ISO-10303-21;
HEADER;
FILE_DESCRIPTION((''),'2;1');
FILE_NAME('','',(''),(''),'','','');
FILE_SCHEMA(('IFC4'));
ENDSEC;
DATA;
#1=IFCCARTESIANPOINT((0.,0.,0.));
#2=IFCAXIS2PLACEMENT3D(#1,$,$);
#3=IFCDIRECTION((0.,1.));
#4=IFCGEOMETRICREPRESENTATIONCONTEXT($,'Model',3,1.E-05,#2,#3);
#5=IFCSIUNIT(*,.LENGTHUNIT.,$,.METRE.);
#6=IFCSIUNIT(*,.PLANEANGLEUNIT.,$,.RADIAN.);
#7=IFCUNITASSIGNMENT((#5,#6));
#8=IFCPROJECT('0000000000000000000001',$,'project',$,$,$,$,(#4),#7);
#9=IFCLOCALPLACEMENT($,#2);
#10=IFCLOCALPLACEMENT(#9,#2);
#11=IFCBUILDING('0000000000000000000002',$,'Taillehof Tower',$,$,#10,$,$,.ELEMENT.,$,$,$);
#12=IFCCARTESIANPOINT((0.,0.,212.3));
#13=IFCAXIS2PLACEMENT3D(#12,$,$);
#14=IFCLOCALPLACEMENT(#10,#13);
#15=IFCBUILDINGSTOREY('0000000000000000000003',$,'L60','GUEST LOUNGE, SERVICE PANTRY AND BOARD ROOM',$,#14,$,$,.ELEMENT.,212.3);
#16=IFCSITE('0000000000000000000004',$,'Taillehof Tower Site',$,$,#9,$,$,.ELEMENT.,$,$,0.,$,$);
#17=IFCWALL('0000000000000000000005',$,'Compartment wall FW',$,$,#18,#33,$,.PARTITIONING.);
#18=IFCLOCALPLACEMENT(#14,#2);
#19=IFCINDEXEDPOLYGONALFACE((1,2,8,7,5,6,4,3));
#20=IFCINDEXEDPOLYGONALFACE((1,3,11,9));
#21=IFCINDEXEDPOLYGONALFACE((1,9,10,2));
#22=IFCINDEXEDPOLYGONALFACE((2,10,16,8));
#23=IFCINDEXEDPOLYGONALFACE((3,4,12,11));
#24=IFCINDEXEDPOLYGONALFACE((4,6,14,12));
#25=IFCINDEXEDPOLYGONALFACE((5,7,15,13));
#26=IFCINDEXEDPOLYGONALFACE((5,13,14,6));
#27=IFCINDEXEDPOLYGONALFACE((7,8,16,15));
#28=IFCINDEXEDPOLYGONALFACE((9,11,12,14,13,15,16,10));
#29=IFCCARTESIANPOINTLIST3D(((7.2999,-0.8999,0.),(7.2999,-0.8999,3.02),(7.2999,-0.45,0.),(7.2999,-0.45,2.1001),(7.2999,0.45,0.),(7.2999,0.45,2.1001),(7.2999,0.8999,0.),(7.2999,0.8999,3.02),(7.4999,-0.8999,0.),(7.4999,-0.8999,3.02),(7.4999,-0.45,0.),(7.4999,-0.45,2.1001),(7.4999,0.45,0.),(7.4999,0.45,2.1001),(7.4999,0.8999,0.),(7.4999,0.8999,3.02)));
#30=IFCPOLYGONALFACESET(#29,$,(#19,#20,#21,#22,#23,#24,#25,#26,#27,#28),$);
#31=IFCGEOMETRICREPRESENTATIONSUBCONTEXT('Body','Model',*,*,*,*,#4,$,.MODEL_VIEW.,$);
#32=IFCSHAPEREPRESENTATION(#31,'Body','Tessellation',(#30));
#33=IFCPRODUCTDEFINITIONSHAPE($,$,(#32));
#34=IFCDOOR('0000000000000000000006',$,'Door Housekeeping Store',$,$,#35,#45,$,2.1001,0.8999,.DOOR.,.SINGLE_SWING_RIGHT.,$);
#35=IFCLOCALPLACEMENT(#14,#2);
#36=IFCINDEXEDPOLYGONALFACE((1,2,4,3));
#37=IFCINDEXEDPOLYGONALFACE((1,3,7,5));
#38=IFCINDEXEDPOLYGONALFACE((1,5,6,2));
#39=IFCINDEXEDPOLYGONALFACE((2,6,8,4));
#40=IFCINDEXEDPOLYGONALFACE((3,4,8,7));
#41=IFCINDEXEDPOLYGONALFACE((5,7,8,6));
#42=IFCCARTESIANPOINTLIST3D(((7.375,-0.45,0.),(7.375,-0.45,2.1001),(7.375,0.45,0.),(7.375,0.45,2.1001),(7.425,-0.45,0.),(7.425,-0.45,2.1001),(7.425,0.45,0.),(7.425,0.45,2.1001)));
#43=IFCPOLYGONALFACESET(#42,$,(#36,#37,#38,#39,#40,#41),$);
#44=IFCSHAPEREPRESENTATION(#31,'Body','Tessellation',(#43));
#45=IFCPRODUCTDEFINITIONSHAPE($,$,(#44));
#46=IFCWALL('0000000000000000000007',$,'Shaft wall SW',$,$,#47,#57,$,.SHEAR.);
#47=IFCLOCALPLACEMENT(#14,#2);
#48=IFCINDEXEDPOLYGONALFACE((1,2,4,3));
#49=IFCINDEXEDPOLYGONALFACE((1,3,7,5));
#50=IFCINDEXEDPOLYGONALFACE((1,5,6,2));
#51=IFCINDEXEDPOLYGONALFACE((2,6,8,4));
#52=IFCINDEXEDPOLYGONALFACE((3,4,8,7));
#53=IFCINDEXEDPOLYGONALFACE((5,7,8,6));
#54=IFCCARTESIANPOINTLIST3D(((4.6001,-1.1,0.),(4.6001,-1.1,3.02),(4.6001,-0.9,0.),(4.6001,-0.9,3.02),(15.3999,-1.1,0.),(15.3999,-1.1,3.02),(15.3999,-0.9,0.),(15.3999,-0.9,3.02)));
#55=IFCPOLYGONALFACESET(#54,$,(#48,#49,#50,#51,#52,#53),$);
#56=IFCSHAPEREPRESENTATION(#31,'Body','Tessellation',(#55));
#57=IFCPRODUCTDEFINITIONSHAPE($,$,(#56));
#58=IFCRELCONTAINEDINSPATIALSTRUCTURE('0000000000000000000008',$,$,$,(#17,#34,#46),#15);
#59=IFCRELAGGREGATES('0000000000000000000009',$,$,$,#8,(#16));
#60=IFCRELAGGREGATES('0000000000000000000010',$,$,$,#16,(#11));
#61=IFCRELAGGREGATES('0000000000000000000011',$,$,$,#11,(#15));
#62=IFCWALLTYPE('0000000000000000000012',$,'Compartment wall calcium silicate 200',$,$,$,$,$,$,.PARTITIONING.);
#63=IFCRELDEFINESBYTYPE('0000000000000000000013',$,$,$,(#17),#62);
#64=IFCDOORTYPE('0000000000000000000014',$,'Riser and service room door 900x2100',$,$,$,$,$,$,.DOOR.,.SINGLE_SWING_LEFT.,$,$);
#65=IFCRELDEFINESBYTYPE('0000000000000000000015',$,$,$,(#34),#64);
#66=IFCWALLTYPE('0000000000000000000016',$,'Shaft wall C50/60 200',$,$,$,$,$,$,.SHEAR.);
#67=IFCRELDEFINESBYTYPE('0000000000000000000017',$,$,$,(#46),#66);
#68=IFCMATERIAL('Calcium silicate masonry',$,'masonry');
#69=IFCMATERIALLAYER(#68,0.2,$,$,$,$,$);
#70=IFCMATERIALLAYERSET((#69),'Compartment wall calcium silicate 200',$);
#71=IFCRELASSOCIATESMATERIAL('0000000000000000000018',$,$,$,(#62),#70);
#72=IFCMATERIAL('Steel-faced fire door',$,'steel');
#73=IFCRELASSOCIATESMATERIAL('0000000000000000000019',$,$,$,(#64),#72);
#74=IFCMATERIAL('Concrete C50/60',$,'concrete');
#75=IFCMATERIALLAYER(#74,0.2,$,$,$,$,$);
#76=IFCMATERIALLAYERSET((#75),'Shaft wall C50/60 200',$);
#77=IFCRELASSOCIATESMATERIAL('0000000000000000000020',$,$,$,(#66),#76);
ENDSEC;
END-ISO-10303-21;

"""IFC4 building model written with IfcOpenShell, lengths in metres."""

from ifc_helpers import new_model, si_unit, direction, frame, frame_2d, origin, place, context, subcontext, project, spatial, rectangle, extrude, material, layer, layer_set, type_object, element, fill, save


model = new_model("IFC4")

# Units and contexts
model_context = context("Model", 3, precision=1e-05, world=origin(), true_north=direction((0.0, 1.0)))
body_context = subcontext(model_context, "Body", "Model", "MODEL_VIEW")
ifc_project = project(units=[si_unit("LENGTHUNIT", "METRE"), si_unit("PLANEANGLEUNIT", "RADIAN")], contexts=[model_context])

# Site, building, storey
site_placement = place(None, origin())
site = spatial("IfcSite", under=ifc_project, at=site_placement, Name="Taillehof Tower Site", CompositionType="ELEMENT", RefElevation=0.0)
building_placement = place(site_placement, origin())
building = spatial("IfcBuilding", under=site, at=building_placement, Name="Taillehof Tower", CompositionType="ELEMENT")
storey_placement = place(building_placement, frame((0.0, 0.0, 212.3)))
storey = spatial("IfcBuildingStorey", under=building, at=storey_placement, Name="L60", Description="GUEST LOUNGE, SERVICE PANTRY AND BOARD ROOM", CompositionType="ELEMENT", Elevation=212.3)

# Wall, opening, door
ifc_material_1 = material(Name="Calcium silicate masonry", Category="masonry")
ifc_layer_1 = layer(ifc_material_1, 0.2)
ifc_layer_set_1 = layer_set([ifc_layer_1], Name="Compartment wall calcium silicate 200")
wall_type_1 = type_object("IfcWallType", Name="Compartment wall calcium silicate 200", PredefinedType="PARTITIONING", material=ifc_layer_set_1)
wall_1_placement = place(storey_placement, frame((7.3999, -0.8999, 0.0), z_axis=(0.0, 0.0, 1.0), x_axis=(0.0, 1.0, 0.0)))
wall_1 = element("IfcWall", 1, at=wall_1_placement, inside=storey, type_object=wall_type_1, Name="Compartment wall FW", PredefinedType="PARTITIONING", context=body_context, shape_type="SweptSolid", body=[
    extrude(rectangle(XDim=1.7998, YDim=0.2, at=frame_2d((0.8999, 0.0))), origin(), (0.0, 0.0, 1.0), 3.02),
])
opening_placement = place(wall_1_placement, frame((0.45, 0.0, 0.0)))
opening = element("IfcOpeningElement", 2, at=opening_placement, cuts=wall_1, PredefinedType="OPENING", context=body_context, shape_type="SweptSolid", body=[
    extrude(rectangle(XDim=0.8999, YDim=2.1001, at=frame_2d((0.45, 1.05))), frame((0.0, 0.1099, 0.0), z_axis=(0.0, -1.0, 0.0), x_axis=(1.0, 0.0, 0.0)), (0.0, 0.0, 1.0), 0.22),
])
ifc_material_2 = material(Name="Steel-faced fire door", Category="steel")
door_type = type_object("IfcDoorType", Name="Riser and service room door 900x2100", OperationType="SINGLE_SWING_LEFT", PredefinedType="DOOR", material=ifc_material_2)
door_placement = place(opening_placement, origin())
door = element("IfcDoor", 3, at=door_placement, inside=storey, type_object=door_type, Name="Door Housekeeping Store", OperationType="SINGLE_SWING_RIGHT", OverallHeight=2.1001, OverallWidth=0.8999, PredefinedType="DOOR", context=body_context, shape_type="SweptSolid", body=[
    extrude(rectangle(XDim=0.8999, YDim=2.1001, at=frame_2d((0.45, 1.05))), frame((0.0, 0.0249, 0.0), z_axis=(0.0, -1.0, 0.0), x_axis=(1.0, 0.0, 0.0)), (0.0, 0.0, 1.0), 0.05),
])
fill(opening, door)

# Wall
ifc_material_3 = material(Name="Concrete C50/60", Category="concrete")
ifc_layer_2 = layer(ifc_material_3, 0.2)
ifc_layer_set_2 = layer_set([ifc_layer_2], Name="Shaft wall C50/60 200")
wall_type_2 = type_object("IfcWallType", Name="Shaft wall C50/60 200", PredefinedType="SHEAR", material=ifc_layer_set_2)
wall_2_placement = place(storey_placement, frame((4.6001, -1.0, 0.0), z_axis=(0.0, 0.0, 1.0), x_axis=(1.0, 0.0, 0.0)))
element("IfcWall", 4, at=wall_2_placement, inside=storey, type_object=wall_type_2, Name="Shaft wall SW", PredefinedType="SHEAR", context=body_context, shape_type="SweptSolid", body=[
    extrude(rectangle(XDim=10.7998, YDim=0.2, at=frame_2d((5.3999, 0.0))), origin(), (0.0, 0.0, 1.0), 3.02),
])

save(model, "model.ifc")
